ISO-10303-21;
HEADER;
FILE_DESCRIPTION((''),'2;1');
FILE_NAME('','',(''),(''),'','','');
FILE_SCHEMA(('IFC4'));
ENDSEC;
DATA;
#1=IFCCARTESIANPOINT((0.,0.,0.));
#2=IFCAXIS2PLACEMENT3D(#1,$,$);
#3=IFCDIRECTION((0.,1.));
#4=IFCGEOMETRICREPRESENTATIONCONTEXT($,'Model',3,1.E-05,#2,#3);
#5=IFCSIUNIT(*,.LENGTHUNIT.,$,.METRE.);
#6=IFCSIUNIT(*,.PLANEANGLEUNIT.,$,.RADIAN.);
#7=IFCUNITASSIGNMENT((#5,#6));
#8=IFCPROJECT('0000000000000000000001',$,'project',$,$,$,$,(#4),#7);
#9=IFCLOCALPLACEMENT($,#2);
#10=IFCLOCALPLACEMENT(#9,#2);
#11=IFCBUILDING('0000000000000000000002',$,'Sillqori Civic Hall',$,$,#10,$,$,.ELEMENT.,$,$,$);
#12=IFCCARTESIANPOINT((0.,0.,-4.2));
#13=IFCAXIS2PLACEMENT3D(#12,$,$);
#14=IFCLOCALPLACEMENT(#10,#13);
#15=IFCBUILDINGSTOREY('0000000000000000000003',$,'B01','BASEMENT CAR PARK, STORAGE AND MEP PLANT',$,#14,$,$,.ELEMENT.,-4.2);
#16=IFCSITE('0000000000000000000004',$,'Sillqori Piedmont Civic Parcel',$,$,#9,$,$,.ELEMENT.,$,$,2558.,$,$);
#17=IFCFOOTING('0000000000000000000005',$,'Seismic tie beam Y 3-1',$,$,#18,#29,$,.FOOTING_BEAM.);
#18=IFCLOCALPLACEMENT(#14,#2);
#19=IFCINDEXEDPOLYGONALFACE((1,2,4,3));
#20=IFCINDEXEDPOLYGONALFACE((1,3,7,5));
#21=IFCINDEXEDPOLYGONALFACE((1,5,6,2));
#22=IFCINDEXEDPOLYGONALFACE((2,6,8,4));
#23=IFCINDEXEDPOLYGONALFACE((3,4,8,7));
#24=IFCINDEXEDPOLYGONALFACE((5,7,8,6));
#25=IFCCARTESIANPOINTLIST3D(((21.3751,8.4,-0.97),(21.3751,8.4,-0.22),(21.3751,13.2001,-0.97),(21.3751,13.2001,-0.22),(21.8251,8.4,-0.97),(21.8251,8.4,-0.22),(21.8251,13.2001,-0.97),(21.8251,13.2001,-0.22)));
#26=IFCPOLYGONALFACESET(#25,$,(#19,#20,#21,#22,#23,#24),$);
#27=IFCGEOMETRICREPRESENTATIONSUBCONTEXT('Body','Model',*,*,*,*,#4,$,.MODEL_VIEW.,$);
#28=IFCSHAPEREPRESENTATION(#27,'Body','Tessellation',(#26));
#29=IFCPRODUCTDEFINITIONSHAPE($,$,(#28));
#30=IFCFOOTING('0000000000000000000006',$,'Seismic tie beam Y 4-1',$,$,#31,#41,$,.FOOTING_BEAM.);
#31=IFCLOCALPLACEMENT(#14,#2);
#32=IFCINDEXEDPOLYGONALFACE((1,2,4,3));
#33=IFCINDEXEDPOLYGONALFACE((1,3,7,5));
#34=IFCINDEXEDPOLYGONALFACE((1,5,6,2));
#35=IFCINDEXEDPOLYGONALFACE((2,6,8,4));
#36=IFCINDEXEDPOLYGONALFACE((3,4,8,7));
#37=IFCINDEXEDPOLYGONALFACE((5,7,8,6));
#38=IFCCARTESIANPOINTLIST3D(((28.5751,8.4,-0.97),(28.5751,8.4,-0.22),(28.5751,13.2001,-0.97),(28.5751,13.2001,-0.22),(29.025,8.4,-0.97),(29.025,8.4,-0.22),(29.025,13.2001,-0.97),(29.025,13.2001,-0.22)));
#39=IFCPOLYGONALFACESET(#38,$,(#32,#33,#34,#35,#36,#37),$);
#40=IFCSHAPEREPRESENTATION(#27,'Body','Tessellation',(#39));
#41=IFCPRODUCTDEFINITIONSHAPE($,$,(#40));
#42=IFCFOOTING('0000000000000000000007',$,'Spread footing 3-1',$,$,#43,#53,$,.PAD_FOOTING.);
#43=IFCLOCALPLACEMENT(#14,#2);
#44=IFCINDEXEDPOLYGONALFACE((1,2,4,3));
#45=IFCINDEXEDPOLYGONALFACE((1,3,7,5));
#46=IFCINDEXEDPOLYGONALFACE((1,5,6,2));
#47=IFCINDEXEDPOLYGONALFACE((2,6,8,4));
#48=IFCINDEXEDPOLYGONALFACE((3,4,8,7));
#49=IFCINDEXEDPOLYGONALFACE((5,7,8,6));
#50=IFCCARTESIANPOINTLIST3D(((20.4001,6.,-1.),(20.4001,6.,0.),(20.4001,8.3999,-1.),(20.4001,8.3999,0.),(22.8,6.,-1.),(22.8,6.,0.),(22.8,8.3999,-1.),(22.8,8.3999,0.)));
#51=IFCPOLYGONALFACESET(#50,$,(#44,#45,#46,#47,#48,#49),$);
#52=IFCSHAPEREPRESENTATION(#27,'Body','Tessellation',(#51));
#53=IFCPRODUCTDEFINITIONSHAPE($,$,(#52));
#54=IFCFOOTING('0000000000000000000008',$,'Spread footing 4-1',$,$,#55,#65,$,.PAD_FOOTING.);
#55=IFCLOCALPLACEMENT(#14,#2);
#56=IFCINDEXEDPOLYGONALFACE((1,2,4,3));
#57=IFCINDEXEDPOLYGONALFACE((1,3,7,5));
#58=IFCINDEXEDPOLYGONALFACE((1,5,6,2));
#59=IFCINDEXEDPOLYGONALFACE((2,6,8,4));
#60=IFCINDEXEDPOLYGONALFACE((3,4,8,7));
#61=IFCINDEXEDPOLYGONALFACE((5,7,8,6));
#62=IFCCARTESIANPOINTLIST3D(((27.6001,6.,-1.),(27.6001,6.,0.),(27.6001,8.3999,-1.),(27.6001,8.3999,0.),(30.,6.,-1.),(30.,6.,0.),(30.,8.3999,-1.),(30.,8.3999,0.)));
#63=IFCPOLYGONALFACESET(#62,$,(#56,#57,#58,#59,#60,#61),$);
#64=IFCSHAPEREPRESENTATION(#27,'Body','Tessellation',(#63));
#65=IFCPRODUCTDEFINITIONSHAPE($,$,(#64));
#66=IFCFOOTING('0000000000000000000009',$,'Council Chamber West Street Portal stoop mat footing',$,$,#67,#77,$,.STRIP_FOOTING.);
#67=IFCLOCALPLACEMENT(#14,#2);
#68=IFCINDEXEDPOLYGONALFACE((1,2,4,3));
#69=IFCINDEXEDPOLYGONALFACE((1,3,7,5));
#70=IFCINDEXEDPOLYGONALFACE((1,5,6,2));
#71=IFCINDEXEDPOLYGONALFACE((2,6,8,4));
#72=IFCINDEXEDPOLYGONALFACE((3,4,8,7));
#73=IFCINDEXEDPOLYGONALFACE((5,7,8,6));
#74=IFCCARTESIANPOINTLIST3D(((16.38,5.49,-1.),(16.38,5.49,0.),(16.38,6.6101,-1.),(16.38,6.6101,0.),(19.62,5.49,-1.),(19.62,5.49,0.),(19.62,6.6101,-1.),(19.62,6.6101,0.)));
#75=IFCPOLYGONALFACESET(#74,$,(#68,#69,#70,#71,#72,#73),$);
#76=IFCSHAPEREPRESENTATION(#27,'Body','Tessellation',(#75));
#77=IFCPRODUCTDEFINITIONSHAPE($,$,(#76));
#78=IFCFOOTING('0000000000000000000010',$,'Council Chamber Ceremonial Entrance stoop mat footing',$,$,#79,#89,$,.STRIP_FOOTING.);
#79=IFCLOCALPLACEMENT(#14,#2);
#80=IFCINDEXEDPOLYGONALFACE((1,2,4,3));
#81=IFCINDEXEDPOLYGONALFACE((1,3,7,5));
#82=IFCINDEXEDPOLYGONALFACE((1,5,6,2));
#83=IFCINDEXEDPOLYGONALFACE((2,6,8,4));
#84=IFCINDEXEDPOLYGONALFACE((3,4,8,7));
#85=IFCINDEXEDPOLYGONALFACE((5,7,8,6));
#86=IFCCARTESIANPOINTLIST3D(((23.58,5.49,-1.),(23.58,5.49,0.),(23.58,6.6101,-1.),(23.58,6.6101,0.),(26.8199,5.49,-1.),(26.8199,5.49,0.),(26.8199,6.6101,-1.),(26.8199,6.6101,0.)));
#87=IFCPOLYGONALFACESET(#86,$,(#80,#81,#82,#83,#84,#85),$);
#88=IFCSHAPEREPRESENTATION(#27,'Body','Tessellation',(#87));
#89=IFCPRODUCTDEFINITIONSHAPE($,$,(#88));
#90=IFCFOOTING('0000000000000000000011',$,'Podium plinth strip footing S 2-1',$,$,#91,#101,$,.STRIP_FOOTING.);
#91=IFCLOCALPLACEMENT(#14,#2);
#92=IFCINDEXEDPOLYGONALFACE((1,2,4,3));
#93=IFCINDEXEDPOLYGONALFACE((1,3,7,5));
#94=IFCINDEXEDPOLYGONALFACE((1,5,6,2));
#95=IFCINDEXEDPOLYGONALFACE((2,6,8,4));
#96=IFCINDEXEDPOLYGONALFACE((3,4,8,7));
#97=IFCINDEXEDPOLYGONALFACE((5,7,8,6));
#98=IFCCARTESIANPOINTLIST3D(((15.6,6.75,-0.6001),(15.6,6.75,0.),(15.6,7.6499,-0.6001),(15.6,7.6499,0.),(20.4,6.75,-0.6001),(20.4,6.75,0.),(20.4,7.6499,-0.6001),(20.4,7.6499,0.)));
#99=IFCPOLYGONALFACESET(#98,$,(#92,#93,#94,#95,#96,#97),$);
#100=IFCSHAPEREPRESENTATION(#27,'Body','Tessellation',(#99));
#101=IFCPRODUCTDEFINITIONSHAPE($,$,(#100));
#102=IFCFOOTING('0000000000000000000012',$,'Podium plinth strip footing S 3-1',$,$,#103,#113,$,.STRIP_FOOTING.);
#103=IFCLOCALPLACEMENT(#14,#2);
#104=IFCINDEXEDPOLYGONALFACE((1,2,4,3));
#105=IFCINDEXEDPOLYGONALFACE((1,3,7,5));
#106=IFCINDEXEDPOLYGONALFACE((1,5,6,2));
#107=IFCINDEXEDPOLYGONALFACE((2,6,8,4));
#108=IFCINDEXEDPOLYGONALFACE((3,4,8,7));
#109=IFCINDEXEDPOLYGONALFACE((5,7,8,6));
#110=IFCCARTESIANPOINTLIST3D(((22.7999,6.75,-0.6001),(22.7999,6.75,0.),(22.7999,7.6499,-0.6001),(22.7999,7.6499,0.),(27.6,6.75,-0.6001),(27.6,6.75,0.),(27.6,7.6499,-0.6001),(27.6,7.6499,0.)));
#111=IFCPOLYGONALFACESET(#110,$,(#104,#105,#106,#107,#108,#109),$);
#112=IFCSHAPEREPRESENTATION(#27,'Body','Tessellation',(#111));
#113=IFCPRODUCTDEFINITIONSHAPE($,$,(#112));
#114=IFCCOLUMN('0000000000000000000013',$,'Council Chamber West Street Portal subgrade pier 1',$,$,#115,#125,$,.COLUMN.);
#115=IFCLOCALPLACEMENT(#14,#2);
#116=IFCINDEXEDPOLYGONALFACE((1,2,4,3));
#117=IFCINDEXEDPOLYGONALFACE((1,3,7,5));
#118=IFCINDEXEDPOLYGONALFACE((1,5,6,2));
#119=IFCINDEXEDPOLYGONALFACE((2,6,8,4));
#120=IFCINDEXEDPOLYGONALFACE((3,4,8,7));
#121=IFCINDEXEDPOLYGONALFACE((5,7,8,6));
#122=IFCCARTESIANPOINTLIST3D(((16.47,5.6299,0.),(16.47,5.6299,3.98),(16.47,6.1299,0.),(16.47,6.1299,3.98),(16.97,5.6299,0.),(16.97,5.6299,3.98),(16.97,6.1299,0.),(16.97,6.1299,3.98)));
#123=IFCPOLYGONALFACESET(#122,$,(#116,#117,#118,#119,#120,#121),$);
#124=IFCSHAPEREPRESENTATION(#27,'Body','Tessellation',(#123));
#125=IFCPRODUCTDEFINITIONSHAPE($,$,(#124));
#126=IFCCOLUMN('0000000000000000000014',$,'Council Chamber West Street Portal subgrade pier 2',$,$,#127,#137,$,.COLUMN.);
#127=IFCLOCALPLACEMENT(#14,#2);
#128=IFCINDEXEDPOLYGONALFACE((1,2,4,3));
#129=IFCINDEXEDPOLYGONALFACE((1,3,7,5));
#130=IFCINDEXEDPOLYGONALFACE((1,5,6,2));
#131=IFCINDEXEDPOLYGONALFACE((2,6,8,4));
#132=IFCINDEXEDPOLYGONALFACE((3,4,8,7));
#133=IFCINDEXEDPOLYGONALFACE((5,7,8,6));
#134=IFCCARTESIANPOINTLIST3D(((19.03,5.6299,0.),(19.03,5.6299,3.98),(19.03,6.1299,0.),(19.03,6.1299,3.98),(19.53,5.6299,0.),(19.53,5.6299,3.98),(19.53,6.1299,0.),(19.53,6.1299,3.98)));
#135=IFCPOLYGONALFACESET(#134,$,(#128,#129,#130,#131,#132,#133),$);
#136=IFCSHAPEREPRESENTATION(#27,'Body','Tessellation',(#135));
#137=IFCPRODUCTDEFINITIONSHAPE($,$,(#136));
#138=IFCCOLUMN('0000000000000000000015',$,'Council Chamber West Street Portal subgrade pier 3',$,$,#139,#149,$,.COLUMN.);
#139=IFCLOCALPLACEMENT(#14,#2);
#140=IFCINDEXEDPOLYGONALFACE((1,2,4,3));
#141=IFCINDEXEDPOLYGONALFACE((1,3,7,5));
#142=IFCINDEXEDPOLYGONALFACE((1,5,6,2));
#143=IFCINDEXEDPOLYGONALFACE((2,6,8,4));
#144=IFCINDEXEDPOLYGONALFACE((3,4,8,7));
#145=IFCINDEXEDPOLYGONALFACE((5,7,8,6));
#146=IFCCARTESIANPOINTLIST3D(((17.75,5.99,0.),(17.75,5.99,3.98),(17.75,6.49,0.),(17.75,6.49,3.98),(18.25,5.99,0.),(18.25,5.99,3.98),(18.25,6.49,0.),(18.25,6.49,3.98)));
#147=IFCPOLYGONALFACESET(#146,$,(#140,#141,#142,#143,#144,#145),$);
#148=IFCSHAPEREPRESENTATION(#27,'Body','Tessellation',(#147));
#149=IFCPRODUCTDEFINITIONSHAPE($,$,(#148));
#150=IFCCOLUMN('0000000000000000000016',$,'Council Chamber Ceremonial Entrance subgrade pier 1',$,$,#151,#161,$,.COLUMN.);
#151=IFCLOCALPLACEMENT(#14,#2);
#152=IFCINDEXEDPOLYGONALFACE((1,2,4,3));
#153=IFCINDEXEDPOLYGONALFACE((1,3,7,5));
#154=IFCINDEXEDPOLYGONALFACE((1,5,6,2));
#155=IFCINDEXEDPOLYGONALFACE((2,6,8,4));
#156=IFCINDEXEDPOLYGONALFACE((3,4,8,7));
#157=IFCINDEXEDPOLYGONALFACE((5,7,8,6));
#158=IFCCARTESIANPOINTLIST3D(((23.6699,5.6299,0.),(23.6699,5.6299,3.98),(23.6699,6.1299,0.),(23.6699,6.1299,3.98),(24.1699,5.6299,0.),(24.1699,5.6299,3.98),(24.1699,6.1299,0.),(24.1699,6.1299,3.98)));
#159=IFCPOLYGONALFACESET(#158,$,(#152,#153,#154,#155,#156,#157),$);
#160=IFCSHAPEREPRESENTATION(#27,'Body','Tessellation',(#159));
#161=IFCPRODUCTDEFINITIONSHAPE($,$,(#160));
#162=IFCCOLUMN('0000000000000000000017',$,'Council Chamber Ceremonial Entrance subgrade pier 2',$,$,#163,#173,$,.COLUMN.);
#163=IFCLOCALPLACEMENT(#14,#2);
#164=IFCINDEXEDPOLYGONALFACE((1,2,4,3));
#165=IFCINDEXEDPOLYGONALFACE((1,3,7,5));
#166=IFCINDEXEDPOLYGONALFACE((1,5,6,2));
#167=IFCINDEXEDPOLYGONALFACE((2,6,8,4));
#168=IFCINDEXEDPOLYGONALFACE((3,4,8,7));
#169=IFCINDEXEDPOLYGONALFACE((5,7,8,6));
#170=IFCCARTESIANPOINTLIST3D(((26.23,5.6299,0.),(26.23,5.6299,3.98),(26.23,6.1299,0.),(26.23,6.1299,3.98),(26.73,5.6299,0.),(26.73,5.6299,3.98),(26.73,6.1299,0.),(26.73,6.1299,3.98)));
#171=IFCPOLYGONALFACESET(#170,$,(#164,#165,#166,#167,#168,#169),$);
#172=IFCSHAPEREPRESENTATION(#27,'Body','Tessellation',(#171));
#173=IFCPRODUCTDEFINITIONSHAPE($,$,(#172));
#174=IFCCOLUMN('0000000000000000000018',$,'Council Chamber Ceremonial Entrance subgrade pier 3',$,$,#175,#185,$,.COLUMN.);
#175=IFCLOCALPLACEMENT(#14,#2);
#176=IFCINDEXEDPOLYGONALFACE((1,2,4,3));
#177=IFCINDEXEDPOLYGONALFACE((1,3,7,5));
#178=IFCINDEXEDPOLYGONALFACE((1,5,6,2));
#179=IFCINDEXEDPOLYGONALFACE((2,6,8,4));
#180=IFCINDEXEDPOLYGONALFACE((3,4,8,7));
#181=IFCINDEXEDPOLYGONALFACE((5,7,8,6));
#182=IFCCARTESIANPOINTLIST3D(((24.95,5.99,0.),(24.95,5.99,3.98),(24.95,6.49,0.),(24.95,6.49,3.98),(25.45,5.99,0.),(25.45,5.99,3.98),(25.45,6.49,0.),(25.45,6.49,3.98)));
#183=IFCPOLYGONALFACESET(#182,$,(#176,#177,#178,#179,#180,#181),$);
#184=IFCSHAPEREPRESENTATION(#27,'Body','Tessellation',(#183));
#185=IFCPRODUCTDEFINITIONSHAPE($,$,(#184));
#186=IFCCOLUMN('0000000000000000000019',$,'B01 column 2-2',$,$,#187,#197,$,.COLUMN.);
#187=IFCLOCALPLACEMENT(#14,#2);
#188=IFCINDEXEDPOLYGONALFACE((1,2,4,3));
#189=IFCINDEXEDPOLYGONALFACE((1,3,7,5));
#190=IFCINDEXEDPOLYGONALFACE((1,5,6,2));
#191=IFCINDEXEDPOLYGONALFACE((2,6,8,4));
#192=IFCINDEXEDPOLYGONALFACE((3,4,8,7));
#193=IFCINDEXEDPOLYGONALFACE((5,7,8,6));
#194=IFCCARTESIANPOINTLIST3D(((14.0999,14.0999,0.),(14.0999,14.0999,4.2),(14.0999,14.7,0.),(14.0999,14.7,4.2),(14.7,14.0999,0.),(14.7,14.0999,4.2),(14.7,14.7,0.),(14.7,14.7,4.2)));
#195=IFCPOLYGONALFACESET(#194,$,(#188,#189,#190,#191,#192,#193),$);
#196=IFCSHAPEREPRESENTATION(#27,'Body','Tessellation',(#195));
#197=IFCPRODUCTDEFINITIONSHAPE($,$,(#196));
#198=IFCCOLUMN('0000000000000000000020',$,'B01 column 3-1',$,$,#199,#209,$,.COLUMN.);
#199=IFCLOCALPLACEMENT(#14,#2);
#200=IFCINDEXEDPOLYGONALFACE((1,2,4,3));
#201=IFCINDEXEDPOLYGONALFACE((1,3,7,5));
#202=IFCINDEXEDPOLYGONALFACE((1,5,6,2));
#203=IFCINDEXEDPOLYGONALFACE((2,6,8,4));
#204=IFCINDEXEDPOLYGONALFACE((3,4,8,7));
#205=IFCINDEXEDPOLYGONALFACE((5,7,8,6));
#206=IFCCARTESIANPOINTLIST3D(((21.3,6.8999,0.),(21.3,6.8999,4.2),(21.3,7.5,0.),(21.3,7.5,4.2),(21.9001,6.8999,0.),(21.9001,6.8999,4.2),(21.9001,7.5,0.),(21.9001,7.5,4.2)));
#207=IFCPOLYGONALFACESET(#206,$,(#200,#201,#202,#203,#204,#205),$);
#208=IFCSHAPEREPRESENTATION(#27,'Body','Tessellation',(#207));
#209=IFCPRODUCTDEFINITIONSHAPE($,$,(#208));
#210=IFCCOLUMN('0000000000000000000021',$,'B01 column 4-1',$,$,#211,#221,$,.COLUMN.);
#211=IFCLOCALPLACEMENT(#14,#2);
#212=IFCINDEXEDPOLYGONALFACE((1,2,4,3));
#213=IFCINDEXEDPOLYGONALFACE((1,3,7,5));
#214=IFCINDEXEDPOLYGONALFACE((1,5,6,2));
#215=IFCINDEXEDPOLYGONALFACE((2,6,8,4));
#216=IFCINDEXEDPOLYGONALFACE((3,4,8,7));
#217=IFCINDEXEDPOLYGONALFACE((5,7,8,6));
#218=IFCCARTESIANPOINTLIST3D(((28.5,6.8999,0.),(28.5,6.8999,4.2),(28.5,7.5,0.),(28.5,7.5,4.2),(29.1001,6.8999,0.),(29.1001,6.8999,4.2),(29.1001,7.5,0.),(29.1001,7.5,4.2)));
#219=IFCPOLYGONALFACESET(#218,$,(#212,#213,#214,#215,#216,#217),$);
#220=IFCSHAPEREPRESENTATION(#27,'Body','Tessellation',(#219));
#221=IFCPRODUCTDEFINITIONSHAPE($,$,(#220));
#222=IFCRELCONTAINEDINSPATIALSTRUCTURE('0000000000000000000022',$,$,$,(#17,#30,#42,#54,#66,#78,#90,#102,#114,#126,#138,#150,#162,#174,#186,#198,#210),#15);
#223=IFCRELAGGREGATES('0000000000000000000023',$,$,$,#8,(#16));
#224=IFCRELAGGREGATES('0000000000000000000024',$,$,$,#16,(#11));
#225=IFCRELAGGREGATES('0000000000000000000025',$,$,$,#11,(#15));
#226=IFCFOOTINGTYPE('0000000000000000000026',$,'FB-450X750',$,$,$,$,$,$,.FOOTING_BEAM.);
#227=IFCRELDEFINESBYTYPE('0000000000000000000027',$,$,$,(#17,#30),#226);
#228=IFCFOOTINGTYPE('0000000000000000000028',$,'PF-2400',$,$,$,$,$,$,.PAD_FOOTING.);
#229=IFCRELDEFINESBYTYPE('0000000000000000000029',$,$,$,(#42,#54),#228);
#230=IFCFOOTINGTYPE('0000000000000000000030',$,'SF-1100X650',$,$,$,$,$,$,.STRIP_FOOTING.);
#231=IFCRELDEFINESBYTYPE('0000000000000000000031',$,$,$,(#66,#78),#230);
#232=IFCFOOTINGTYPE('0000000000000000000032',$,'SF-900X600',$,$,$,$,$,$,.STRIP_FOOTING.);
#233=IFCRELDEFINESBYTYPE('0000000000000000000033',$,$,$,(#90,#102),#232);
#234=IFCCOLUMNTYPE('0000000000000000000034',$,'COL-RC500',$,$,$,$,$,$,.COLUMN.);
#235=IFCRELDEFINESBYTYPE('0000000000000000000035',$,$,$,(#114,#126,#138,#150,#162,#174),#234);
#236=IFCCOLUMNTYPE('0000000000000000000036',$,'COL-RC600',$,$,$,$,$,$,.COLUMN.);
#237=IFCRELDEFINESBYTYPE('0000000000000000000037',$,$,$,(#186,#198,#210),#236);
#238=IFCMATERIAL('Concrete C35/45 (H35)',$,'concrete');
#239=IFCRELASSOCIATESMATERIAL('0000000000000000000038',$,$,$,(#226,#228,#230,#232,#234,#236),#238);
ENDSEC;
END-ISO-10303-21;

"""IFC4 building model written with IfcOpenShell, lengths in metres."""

from ifc_helpers import new_model, si_unit, direction, frame, origin, origin_2d, place, context, subcontext, project, spatial, rectangle, extrude, material, material_profile, profile_set, type_object, element, save


model = new_model("IFC4")

# Units and contexts
model_context = context("Model", 3, precision=1e-05, world=origin(), true_north=direction((0.0, 1.0)))
body_context = subcontext(model_context, "Body", "Model", "MODEL_VIEW")
ifc_project = project(units=[si_unit("LENGTHUNIT", "METRE"), si_unit("PLANEANGLEUNIT", "RADIAN")], contexts=[model_context])

# Site, building, storey
site_placement = place(None, origin())
site = spatial("IfcSite", under=ifc_project, at=site_placement, Name="Sillqori Piedmont Civic Parcel", CompositionType="ELEMENT", RefElevation=2558.0)
building_placement = place(site_placement, origin())
building = spatial("IfcBuilding", under=site, at=building_placement, Name="Sillqori Civic Hall", CompositionType="ELEMENT")
storey_placement = place(building_placement, frame((0.0, 0.0, -4.2)))
storey = spatial("IfcBuildingStorey", under=building, at=storey_placement, Name="B01", Description="BASEMENT CAR PARK, STORAGE AND MEP PLANT", CompositionType="ELEMENT", Elevation=-4.2)

# Footings
ifc_material = material(Name="Concrete C35/45 (H35)", Category="concrete")
footing_type_1 = type_object("IfcFootingType", Name="FB-450X750", PredefinedType="FOOTING_BEAM", material=ifc_material)
for number, where, z_axis, x_axis, name in (
    (1, (21.6001, 10.8, -0.97), (0.0, 0.0, 1.0), (1.0, 0.0, 0.0), "Seismic tie beam Y 3-1"),
    (2, (28.8, 10.8, -0.97), (0.0, 0.0, 1.0), (1.0, 0.0, 0.0), "Seismic tie beam Y 4-1"),
):
    element("IfcFooting", number, at=place(storey_placement, frame(where, z_axis=z_axis, x_axis=x_axis)), inside=storey, type_object=footing_type_1, Name=name, PredefinedType="FOOTING_BEAM", context=body_context, shape_type="SweptSolid", body=[
        extrude(rectangle(XDim=0.45, YDim=4.8, at=origin_2d()), origin(), (0.0, 0.0, 1.0), 0.75),
    ])
footing_type_2 = type_object("IfcFootingType", Name="PF-2400", PredefinedType="PAD_FOOTING", material=ifc_material)
for number, where, z_axis, x_axis, name in (
    (3, (21.6001, 7.2, -1.0), (0.0, 0.0, 1.0), (1.0, 0.0, 0.0), "Spread footing 3-1"),
    (4, (28.8, 7.2, -1.0), (0.0, 0.0, 1.0), (1.0, 0.0, 0.0), "Spread footing 4-1"),
):
    element("IfcFooting", number, at=place(storey_placement, frame(where, z_axis=z_axis, x_axis=x_axis)), inside=storey, type_object=footing_type_2, Name=name, PredefinedType="PAD_FOOTING", context=body_context, shape_type="SweptSolid", body=[
        extrude(rectangle(XDim=2.3999, YDim=2.3999, at=origin_2d()), origin(), (0.0, 0.0, 1.0), 1.0),
    ])
footing_type_3 = type_object("IfcFootingType", Name="SF-1100X650", PredefinedType="STRIP_FOOTING", material=ifc_material)
for number, where, z_axis, x_axis, name in (
    (5, (18.0, 6.05, -1.0), (0.0, 0.0, 1.0), (1.0, 0.0, 0.0), "Council Chamber West Street Portal stoop mat footing"),
    (6, (25.2, 6.05, -1.0), (0.0, 0.0, 1.0), (1.0, 0.0, 0.0), "Council Chamber Ceremonial Entrance stoop mat footing"),
):
    element("IfcFooting", number, at=place(storey_placement, frame(where, z_axis=z_axis, x_axis=x_axis)), inside=storey, type_object=footing_type_3, Name=name, PredefinedType="STRIP_FOOTING", context=body_context, shape_type="SweptSolid", body=[
        extrude(rectangle(XDim=3.24, YDim=1.1201, at=origin_2d()), origin(), (0.0, 0.0, 1.0), 1.0),
    ])
footing_type_4 = type_object("IfcFootingType", Name="SF-900X600", PredefinedType="STRIP_FOOTING", material=ifc_material)
for number, where, z_axis, x_axis, name in (
    (7, (18.0, 7.2, -0.6001), (0.0, 0.0, 1.0), (1.0, 0.0, 0.0), "Podium plinth strip footing S 2-1"),
    (8, (25.2, 7.2, -0.6001), (0.0, 0.0, 1.0), (1.0, 0.0, 0.0), "Podium plinth strip footing S 3-1"),
):
    element("IfcFooting", number, at=place(storey_placement, frame(where, z_axis=z_axis, x_axis=x_axis)), inside=storey, type_object=footing_type_4, Name=name, PredefinedType="STRIP_FOOTING", context=body_context, shape_type="SweptSolid", body=[
        extrude(rectangle(XDim=4.8, YDim=0.8999, at=origin_2d()), origin(), (0.0, 0.0, 1.0), 0.6001),
    ])

# Columns
ifc_material_profile_1 = material_profile(ifc_material, rectangle(XDim=0.5, YDim=0.5, at=origin_2d()), Name="RC 500x500")
ifc_profile_set_1 = profile_set([ifc_material_profile_1], Name="Concrete C35/45 (H35)")
column_type_1 = type_object("IfcColumnType", Name="COL-RC500", PredefinedType="COLUMN", material=ifc_profile_set_1)
for number, where, z_axis, x_axis, name in (
    (9, (16.72, 5.8799, 0.0), (0.0, 0.0, 1.0), (1.0, 0.0, 0.0), "Council Chamber West Street Portal subgrade pier 1"),
    (10, (19.28, 5.8799, 0.0), (0.0, 0.0, 1.0), (1.0, 0.0, 0.0), "Council Chamber West Street Portal subgrade pier 2"),
    (11, (18.0, 6.24, 0.0), (0.0, 0.0, 1.0), (1.0, 0.0, 0.0), "Council Chamber West Street Portal subgrade pier 3"),
    (12, (23.9199, 5.8799, 0.0), (0.0, 0.0, 1.0), (1.0, 0.0, 0.0), "Council Chamber Ceremonial Entrance subgrade pier 1"),
    (13, (26.48, 5.8799, 0.0), (0.0, 0.0, 1.0), (1.0, 0.0, 0.0), "Council Chamber Ceremonial Entrance subgrade pier 2"),
    (14, (25.2, 6.24, 0.0), (0.0, 0.0, 1.0), (1.0, 0.0, 0.0), "Council Chamber Ceremonial Entrance subgrade pier 3"),
):
    element("IfcColumn", number, at=place(storey_placement, frame(where, z_axis=z_axis, x_axis=x_axis)), inside=storey, type_object=column_type_1, Name=name, PredefinedType="COLUMN", context=body_context, shape_type="SweptSolid", body=[
        extrude(rectangle(XDim=0.5, YDim=0.5, at=origin_2d()), origin(), (0.0, 0.0, 1.0), 3.98),
    ])
ifc_material_profile_2 = material_profile(ifc_material, rectangle(XDim=0.6001, YDim=0.6001, at=origin_2d()), Name="RC 600x600")
ifc_profile_set_2 = profile_set([ifc_material_profile_2], Name="Concrete C35/45 (H35)")
column_type_2 = type_object("IfcColumnType", Name="COL-RC600", PredefinedType="COLUMN", material=ifc_profile_set_2)
for number, where, z_axis, x_axis, name in (
    (15, (14.3999, 14.3999, 0.0), (0.0, 0.0, 1.0), (1.0, 0.0, 0.0), "B01 column 2-2"),
    (16, (21.6001, 7.2, 0.0), (0.0, 0.0, 1.0), (1.0, 0.0, 0.0), "B01 column 3-1"),
    (17, (28.8, 7.2, 0.0), (0.0, 0.0, 1.0), (1.0, 0.0, 0.0), "B01 column 4-1"),
):
    element("IfcColumn", number, at=place(storey_placement, frame(where, z_axis=z_axis, x_axis=x_axis)), inside=storey, type_object=column_type_2, Name=name, PredefinedType="COLUMN", context=body_context, shape_type="SweptSolid", body=[
        extrude(rectangle(XDim=0.6001, YDim=0.6001, at=origin_2d()), origin(), (0.0, 0.0, 1.0), 4.2),
    ])

save(model, "model.ifc")
